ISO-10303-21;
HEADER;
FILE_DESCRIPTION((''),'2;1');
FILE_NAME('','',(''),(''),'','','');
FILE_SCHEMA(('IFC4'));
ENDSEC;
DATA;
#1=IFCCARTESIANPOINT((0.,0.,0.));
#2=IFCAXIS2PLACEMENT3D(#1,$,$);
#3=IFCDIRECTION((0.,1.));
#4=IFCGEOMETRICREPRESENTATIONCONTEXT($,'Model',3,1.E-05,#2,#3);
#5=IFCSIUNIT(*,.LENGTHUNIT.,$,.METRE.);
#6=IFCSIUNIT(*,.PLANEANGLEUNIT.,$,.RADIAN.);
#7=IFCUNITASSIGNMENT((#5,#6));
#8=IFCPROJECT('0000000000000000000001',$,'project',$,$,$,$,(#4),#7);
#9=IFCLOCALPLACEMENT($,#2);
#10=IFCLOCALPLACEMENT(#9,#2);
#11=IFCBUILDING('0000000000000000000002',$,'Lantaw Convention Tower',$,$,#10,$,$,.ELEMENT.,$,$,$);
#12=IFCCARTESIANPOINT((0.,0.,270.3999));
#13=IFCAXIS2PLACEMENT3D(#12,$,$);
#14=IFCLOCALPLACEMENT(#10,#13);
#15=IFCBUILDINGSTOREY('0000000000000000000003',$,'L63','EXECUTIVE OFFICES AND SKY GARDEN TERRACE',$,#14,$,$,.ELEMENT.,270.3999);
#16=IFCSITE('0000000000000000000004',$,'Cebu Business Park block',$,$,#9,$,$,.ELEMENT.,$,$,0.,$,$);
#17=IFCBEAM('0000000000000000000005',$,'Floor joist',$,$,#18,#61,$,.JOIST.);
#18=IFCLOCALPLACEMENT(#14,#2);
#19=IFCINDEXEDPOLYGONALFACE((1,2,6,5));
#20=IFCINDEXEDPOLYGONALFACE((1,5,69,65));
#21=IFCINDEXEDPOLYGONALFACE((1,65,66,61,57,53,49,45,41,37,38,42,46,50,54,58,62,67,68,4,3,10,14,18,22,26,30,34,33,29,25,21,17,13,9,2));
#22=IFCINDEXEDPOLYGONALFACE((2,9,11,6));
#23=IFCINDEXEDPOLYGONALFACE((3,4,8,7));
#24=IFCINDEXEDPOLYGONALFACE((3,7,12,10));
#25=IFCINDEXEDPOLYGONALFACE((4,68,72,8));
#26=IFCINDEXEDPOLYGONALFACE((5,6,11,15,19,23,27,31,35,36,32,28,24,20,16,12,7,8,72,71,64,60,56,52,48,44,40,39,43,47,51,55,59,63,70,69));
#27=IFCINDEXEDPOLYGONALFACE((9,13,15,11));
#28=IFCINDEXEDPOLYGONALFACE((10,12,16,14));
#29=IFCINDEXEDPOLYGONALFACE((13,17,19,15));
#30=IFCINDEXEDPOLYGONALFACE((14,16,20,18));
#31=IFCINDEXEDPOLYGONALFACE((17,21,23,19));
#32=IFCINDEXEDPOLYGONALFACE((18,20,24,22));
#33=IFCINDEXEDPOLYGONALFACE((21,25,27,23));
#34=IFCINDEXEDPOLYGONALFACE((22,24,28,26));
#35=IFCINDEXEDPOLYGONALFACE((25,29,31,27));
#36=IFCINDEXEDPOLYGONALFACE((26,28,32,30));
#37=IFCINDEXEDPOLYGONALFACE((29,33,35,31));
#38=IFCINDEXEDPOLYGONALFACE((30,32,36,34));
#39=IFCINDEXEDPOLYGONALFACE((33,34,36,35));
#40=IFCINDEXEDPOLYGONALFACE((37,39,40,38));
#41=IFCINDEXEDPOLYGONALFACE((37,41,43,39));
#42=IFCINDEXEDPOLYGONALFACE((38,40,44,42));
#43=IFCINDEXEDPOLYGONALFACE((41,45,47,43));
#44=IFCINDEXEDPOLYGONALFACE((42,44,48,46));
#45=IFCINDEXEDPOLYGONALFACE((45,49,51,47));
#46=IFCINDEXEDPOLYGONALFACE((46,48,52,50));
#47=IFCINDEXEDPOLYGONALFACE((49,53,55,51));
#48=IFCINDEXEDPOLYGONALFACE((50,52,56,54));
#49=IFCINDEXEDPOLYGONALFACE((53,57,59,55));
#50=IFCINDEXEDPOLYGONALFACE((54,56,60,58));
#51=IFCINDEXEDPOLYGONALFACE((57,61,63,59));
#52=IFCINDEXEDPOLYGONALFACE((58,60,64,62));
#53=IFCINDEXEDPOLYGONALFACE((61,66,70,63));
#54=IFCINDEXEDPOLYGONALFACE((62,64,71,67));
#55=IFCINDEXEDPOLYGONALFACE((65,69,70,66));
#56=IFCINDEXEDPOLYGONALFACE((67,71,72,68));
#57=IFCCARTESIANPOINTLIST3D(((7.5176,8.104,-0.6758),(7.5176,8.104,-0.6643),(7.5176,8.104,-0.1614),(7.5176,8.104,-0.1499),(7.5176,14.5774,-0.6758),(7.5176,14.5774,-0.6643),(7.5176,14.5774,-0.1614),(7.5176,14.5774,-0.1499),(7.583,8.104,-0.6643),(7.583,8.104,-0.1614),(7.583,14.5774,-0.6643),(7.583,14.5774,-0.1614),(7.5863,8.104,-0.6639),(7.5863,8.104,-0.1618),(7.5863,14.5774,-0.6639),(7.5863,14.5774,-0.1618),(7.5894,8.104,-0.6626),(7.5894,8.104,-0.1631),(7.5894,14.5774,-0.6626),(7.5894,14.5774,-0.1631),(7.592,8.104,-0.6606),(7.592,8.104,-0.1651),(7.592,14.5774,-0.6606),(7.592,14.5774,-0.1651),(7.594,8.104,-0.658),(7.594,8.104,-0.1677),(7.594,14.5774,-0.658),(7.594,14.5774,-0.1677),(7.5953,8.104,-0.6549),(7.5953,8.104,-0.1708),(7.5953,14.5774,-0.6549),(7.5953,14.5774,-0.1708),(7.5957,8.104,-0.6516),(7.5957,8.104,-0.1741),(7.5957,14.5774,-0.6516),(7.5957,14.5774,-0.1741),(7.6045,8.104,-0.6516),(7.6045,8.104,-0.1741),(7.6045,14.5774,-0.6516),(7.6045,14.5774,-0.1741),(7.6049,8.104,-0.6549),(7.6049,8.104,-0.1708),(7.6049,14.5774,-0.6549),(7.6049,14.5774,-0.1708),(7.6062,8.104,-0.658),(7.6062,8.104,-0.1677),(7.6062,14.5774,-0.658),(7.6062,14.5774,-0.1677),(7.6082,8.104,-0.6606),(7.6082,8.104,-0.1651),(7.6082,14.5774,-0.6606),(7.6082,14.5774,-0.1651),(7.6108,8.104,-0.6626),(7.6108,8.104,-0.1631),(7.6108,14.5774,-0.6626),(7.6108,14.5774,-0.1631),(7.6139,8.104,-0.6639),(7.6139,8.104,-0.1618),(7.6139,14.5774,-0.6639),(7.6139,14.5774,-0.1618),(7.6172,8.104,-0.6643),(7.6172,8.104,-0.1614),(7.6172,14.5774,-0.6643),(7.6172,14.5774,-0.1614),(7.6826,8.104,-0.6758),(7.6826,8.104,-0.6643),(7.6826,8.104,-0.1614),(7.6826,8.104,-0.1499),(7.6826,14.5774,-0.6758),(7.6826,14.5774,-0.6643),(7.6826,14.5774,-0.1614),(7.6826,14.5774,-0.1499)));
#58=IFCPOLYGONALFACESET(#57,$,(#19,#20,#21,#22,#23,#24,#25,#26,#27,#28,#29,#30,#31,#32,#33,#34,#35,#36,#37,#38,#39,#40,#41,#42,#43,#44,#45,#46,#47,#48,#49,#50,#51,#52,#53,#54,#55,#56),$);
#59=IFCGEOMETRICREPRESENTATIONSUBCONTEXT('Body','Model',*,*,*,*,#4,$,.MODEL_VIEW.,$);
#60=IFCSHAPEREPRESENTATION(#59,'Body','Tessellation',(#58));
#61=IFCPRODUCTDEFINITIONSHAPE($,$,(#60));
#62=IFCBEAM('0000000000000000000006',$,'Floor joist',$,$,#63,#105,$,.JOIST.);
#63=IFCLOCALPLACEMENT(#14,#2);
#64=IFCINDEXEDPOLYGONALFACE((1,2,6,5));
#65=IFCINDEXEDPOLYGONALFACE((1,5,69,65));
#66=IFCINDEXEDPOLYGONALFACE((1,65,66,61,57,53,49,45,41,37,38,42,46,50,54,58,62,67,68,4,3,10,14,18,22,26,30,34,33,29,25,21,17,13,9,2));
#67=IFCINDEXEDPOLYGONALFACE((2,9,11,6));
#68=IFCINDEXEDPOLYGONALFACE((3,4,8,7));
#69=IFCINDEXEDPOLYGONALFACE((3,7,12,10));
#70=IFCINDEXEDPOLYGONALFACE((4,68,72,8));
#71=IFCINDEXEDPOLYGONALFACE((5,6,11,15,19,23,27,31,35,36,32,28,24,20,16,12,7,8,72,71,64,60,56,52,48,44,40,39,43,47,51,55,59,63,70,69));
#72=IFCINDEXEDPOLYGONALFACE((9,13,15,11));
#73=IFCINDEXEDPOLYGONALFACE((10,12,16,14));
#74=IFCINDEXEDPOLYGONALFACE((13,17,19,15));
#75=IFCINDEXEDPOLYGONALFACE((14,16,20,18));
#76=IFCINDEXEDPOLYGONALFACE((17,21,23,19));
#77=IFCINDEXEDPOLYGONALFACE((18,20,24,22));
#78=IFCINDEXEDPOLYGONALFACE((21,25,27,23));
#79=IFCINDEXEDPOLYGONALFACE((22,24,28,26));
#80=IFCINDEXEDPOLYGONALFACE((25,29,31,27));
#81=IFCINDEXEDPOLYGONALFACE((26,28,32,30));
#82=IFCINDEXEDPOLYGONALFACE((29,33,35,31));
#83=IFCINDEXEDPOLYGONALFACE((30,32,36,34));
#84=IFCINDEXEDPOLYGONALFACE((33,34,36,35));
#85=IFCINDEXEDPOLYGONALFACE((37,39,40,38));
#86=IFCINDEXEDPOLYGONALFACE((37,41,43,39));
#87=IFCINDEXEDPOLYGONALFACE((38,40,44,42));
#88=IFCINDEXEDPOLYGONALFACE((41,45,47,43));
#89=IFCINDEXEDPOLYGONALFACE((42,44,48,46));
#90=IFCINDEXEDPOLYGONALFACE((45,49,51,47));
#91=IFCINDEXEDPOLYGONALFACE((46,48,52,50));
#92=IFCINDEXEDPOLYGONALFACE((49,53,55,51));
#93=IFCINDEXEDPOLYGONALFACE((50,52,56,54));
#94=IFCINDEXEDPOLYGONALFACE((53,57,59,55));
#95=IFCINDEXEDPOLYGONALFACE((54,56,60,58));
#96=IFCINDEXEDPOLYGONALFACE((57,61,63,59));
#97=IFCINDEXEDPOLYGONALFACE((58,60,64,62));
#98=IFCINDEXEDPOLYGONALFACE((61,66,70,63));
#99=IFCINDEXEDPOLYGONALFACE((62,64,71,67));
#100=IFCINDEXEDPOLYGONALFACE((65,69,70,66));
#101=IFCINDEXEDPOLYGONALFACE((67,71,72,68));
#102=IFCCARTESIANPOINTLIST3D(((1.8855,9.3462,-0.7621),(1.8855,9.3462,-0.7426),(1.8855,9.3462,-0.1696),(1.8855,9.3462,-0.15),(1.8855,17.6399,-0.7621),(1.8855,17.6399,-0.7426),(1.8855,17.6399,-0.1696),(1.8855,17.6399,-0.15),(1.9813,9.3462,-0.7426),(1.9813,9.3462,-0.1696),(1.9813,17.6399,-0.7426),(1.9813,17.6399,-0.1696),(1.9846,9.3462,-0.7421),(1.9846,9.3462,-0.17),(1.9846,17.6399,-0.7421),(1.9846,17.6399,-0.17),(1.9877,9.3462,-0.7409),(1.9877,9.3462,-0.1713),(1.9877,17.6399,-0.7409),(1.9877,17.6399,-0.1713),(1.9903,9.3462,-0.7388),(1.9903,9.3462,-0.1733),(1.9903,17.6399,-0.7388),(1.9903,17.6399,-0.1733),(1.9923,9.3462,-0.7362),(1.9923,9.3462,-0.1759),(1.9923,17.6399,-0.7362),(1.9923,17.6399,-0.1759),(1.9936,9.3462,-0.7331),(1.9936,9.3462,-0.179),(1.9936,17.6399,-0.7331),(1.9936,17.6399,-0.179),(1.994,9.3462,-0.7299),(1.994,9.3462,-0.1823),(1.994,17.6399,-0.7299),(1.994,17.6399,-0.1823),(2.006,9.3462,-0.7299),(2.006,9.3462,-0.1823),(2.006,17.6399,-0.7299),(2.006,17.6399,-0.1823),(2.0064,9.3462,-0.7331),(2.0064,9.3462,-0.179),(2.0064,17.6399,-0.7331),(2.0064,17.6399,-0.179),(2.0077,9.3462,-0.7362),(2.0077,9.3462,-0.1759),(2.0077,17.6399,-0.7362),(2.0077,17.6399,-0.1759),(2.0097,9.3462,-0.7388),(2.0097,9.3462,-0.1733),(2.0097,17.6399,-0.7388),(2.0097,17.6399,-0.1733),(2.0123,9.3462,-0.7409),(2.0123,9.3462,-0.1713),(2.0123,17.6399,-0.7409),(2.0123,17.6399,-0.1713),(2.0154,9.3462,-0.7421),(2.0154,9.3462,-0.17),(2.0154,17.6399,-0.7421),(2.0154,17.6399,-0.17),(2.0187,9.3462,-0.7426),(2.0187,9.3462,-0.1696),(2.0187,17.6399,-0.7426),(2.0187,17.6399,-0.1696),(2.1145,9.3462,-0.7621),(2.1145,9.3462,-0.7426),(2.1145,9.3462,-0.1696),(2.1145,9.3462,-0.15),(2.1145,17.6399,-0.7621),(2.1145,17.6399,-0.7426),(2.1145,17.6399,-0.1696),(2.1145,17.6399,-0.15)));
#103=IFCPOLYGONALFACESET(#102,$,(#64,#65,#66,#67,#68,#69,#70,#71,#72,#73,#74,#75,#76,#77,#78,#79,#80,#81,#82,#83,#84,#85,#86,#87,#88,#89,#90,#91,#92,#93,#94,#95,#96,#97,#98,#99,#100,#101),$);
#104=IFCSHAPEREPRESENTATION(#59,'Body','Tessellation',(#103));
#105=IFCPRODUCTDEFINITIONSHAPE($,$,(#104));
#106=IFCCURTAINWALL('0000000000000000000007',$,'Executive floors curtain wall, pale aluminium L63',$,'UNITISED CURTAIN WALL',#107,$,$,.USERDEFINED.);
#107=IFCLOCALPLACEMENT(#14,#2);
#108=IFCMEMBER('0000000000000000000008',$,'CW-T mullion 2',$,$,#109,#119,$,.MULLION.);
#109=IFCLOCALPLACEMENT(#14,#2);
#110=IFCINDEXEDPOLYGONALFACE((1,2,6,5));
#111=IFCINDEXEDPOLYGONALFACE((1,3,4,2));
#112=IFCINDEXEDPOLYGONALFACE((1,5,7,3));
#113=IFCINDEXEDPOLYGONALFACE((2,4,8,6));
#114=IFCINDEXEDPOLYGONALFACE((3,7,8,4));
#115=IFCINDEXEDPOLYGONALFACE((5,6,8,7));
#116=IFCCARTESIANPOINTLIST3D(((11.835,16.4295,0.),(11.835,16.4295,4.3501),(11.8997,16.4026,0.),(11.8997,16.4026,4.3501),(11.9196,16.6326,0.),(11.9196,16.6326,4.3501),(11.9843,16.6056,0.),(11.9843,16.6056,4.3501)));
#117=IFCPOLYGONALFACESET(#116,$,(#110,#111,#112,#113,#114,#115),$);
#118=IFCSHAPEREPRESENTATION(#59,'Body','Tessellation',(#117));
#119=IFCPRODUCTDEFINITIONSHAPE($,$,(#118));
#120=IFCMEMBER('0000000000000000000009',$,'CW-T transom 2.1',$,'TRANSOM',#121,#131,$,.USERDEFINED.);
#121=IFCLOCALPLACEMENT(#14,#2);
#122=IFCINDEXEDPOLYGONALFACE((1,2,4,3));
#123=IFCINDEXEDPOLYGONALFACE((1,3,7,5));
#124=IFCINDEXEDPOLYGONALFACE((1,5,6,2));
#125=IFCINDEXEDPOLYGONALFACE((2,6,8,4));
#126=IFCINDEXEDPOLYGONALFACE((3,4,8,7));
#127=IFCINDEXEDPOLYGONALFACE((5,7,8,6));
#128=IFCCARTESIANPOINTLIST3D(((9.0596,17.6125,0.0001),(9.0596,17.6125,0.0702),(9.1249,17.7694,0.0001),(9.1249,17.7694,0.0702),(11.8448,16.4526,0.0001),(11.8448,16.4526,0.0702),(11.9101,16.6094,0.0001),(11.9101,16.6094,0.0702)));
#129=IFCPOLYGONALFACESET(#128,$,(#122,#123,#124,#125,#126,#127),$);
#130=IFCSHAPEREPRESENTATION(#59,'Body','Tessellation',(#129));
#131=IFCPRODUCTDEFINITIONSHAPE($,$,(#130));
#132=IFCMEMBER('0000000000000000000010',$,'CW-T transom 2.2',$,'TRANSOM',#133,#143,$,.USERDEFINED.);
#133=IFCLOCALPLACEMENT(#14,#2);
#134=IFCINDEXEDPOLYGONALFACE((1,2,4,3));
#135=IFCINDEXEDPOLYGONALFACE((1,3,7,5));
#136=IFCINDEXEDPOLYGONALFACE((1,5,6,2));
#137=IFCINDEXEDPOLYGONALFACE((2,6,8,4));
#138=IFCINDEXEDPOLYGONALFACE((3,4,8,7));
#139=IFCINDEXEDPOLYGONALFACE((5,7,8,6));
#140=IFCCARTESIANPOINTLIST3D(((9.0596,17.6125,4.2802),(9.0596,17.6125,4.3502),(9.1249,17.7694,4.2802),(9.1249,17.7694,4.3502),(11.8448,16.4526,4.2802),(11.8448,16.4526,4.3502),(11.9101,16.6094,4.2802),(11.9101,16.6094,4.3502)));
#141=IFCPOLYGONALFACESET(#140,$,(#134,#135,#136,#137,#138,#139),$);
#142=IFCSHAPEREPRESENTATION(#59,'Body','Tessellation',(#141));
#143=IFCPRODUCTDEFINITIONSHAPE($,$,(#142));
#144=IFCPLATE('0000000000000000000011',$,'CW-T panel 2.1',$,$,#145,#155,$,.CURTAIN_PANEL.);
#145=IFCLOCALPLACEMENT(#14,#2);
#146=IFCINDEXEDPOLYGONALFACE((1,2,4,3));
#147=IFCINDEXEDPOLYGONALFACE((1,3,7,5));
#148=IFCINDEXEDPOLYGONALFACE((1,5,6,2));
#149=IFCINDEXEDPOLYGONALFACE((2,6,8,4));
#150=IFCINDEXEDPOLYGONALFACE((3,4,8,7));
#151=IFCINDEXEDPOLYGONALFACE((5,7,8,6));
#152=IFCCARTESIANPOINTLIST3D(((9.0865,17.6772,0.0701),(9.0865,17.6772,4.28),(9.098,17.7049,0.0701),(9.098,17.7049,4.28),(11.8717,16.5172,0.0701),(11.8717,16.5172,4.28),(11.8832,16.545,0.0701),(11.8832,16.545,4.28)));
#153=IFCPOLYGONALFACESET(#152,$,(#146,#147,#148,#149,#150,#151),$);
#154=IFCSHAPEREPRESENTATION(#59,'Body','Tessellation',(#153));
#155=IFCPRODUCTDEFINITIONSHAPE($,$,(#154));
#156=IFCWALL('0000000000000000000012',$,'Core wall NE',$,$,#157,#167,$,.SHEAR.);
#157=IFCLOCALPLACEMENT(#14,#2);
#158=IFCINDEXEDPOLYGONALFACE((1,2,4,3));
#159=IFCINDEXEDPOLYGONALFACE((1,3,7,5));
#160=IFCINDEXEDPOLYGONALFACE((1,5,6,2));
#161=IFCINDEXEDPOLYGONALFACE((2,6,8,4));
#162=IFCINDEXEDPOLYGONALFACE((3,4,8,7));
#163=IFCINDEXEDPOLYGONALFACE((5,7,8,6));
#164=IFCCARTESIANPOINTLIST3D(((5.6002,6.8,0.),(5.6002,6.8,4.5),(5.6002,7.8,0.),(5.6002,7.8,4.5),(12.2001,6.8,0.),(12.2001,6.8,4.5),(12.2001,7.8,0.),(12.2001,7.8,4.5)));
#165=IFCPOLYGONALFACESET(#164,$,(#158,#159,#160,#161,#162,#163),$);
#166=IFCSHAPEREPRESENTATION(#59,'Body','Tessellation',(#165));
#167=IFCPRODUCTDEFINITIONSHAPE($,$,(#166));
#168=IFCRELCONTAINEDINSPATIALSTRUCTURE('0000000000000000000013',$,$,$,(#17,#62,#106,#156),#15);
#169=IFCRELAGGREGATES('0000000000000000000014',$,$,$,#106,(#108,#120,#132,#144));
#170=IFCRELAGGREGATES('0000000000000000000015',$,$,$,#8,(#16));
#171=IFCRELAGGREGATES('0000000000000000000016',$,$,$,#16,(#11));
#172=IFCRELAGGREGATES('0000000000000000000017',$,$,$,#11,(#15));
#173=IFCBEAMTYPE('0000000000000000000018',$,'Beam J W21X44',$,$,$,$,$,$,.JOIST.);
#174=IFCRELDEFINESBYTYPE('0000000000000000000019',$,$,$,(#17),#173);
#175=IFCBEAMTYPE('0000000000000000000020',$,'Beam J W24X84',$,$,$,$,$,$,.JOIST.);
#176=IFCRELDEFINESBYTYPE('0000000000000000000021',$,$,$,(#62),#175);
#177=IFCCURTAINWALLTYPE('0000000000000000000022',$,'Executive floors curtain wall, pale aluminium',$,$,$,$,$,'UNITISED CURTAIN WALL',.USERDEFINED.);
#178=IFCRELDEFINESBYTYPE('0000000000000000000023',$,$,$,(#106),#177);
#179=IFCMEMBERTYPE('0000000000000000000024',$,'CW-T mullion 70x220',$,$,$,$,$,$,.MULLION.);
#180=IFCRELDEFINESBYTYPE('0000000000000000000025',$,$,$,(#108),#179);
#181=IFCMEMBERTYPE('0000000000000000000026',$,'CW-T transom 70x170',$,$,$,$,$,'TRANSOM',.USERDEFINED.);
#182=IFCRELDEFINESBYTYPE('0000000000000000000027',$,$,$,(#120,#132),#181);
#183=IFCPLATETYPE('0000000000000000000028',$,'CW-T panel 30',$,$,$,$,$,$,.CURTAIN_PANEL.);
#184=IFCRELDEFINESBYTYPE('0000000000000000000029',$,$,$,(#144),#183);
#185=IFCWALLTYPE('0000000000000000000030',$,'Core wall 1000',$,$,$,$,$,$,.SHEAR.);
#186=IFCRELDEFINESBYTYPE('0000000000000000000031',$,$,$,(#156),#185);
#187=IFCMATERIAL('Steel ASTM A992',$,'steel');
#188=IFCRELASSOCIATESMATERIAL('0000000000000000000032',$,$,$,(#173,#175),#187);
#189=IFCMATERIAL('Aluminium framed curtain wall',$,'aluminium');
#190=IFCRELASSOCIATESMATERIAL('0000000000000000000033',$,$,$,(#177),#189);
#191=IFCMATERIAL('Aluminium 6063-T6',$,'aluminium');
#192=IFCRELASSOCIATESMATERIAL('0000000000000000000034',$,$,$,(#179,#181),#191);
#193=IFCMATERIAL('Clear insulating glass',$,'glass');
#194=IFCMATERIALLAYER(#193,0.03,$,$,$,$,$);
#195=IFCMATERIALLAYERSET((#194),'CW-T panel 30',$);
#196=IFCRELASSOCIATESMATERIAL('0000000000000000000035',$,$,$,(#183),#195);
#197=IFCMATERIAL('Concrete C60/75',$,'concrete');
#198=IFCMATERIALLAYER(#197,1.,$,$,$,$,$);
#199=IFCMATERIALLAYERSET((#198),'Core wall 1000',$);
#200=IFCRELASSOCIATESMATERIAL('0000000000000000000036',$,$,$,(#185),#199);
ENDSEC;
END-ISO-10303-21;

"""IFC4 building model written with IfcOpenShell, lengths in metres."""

from ifc_helpers import new_model, si_unit, direction, frame, frame_2d, origin, origin_2d, place, context, subcontext, project, spatial, rectangle, i_section, extrude, material, layer, layer_set, material_profile, profile_set, type_object, element, aggregate, save


model = new_model("IFC4")

# Units and contexts
model_context = context("Model", 3, precision=1e-05, world=origin(), true_north=direction((0.0, 1.0)))
body_context = subcontext(model_context, "Body", "Model", "MODEL_VIEW")
ifc_project = project(units=[si_unit("LENGTHUNIT", "METRE"), si_unit("PLANEANGLEUNIT", "RADIAN")], contexts=[model_context])

# Site, building, storey
site_placement = place(None, origin())
site = spatial("IfcSite", under=ifc_project, at=site_placement, Name="Cebu Business Park block", CompositionType="ELEMENT", RefElevation=0.0)
building_placement = place(site_placement, origin())
building = spatial("IfcBuilding", under=site, at=building_placement, Name="Lantaw Convention Tower", CompositionType="ELEMENT")
storey_placement = place(building_placement, frame((0.0, 0.0, 270.3999)))
storey = spatial("IfcBuildingStorey", under=building, at=storey_placement, Name="L63", Description="EXECUTIVE OFFICES AND SKY GARDEN TERRACE", CompositionType="ELEMENT", Elevation=270.3999)

# Shared definitions
ifc_material_1 = material(Name="Concrete C60/75", Category="concrete")

# Beams
ifc_material_2 = material(Name="Steel ASTM A992", Category="steel")
ifc_material_profile_1 = material_profile(ifc_material_2, i_section(OverallWidth=0.165, OverallDepth=0.5259, WebThickness=0.0088, FlangeThickness=0.0115, FilletRadius=0.0127, at=origin_2d()), Name="W21X44")
ifc_profile_set_1 = profile_set([ifc_material_profile_1], Name="Steel ASTM A992")
beam_type_1 = type_object("IfcBeamType", Name="Beam J W21X44", PredefinedType="JOIST", material=ifc_profile_set_1)
beam_1_placement = place(storey_placement, frame((7.6001, 8.104, -0.4128), z_axis=(0.0, 1.0, 0.0), x_axis=(-1.0, 0.0, 0.0)))
element("IfcBeam", 1, at=beam_1_placement, inside=storey, type_object=beam_type_1, Name="Floor joist", PredefinedType="JOIST", context=body_context, shape_type="SweptSolid", body=[
    extrude(i_section(OverallWidth=0.165, OverallDepth=0.5259, WebThickness=0.0088, FlangeThickness=0.0115, FilletRadius=0.0127, at=origin_2d()), origin(), (0.0, 0.0, 1.0), 6.4734),
])
ifc_material_profile_2 = material_profile(ifc_material_2, i_section(OverallWidth=0.229, OverallDepth=0.6121, WebThickness=0.012, FlangeThickness=0.0195, FilletRadius=0.0127, at=origin_2d()), Name="W24X84")
ifc_profile_set_2 = profile_set([ifc_material_profile_2], Name="Steel ASTM A992")
beam_type_2 = type_object("IfcBeamType", Name="Beam J W24X84", PredefinedType="JOIST", material=ifc_profile_set_2)
beam_2_placement = place(storey_placement, frame((2.0, 9.3462, -0.4561), z_axis=(0.0, 1.0, 0.0), x_axis=(-1.0, 0.0, 0.0)))
element("IfcBeam", 2, at=beam_2_placement, inside=storey, type_object=beam_type_2, Name="Floor joist", PredefinedType="JOIST", context=body_context, shape_type="SweptSolid", body=[
    extrude(i_section(OverallWidth=0.229, OverallDepth=0.6121, WebThickness=0.012, FlangeThickness=0.0195, FilletRadius=0.0127, at=origin_2d()), origin(), (0.0, 0.0, 1.0), 8.2937),
])

# Curtain wall, members, plate
ifc_material_3 = material(Name="Aluminium framed curtain wall", Category="aluminium")
curtain_wall_type = type_object("IfcCurtainWallType", Name="Executive floors curtain wall, pale aluminium", ElementType="UNITISED CURTAIN WALL", PredefinedType="USERDEFINED", material=ifc_material_3)
curtain_wall_placement = place(storey_placement, origin())
curtain_wall = element("IfcCurtainWall", 3, at=curtain_wall_placement, inside=storey, type_object=curtain_wall_type, Name="Executive floors curtain wall, pale aluminium L63", ObjectType="UNITISED CURTAIN WALL", PredefinedType="USERDEFINED")
ifc_material_4 = material(Name="Aluminium 6063-T6", Category="aluminium")
ifc_material_profile_3 = material_profile(ifc_material_4, rectangle(XDim=0.22, YDim=0.0701, at=origin_2d()), Name="CW-T mullion 70x220")
ifc_profile_set_3 = profile_set([ifc_material_profile_3], Name="Aluminium 6063-T6")
member_type_1 = type_object("IfcMemberType", Name="CW-T mullion 70x220", PredefinedType="MULLION", material=ifc_profile_set_3)
member_1_placement = place(storey_placement, frame((11.9097, 16.5176, 0.0), z_axis=(0.0, 0.0, 1.0), x_axis=(-0.38446, -0.923142, 0.0)))
member_1 = element("IfcMember", 4, at=member_1_placement, type_object=member_type_1, Name="CW-T mullion 2", PredefinedType="MULLION", context=body_context, shape_type="SweptSolid", body=[
    extrude(rectangle(XDim=0.22, YDim=0.0701, at=origin_2d()), origin(), (0.0, 0.0, 1.0), 4.3501),
])
ifc_material_profile_4 = material_profile(ifc_material_4, rectangle(XDim=0.1699, YDim=0.0701, at=origin_2d()), Name="CW-T transom 70x170")
ifc_profile_set_4 = profile_set([ifc_material_profile_4], Name="Aluminium 6063-T6")
member_type_2 = type_object("IfcMemberType", Name="CW-T transom 70x170", ElementType="TRANSOM", PredefinedType="USERDEFINED", material=ifc_profile_set_4)
member_2_placement = place(storey_placement, frame((11.8774, 16.531, 0.0352), z_axis=(-0.923144, 0.384454, 0.0), x_axis=(-0.384454, -0.923144, 0.0)))
member_2 = element("IfcMember", 5, at=member_2_placement, type_object=member_type_2, Name="CW-T transom 2.1", ObjectType="TRANSOM", PredefinedType="USERDEFINED", context=body_context, shape_type="SweptSolid", body=[
    extrude(rectangle(XDim=0.1699, YDim=0.0701, at=origin_2d()), origin(), (0.0, 0.0, 1.0), 3.0171),
])
member_3_placement = place(storey_placement, frame((11.8774, 16.531, 4.3152), z_axis=(-0.923144, 0.384454, 0.0), x_axis=(-0.384454, -0.923144, 0.0)))
member_3 = element("IfcMember", 6, at=member_3_placement, type_object=member_type_2, Name="CW-T transom 2.2", ObjectType="TRANSOM", PredefinedType="USERDEFINED", context=body_context, shape_type="SweptSolid", body=[
    extrude(rectangle(XDim=0.1699, YDim=0.0701, at=origin_2d()), origin(), (0.0, 0.0, 1.0), 3.0171),
])
ifc_material_5 = material(Name="Clear insulating glass", Category="glass")
ifc_layer_1 = layer(ifc_material_5, 0.03)
ifc_layer_set_1 = layer_set([ifc_layer_1], Name="CW-T panel 30")
plate_type = type_object("IfcPlateType", Name="CW-T panel 30", PredefinedType="CURTAIN_PANEL", material=ifc_layer_set_1)
plate_placement = place(storey_placement, frame((10.4849, 17.1111, 0.0701), z_axis=(0.0, 0.0, 1.0), x_axis=(-0.923142, 0.38446, 0.0)))
plate = element("IfcPlate", 7, at=plate_placement, type_object=plate_type, Name="CW-T panel 2.1", PredefinedType="CURTAIN_PANEL", context=body_context, shape_type="SweptSolid", body=[
    extrude(rectangle(XDim=3.0171, YDim=0.03, at=origin_2d()), origin(), (0.0, 0.0, 1.0), 4.21),
])
aggregate(curtain_wall, [member_1, member_2, member_3, plate])

# Wall
ifc_layer_2 = layer(ifc_material_1, 1.0)
ifc_layer_set_2 = layer_set([ifc_layer_2], Name="Core wall 1000")
wall_type_1 = type_object("IfcWallType", Name="Core wall 1000", PredefinedType="SHEAR", material=ifc_layer_set_2)
wall_1_placement = place(storey_placement, frame((12.2, 7.3, 0.0), z_axis=(0.0, 0.0, 1.0), x_axis=(-1.0, 0.0, 0.0)))
element("IfcWall", 8, at=wall_1_placement, inside=storey, type_object=wall_type_1, Name="Core wall NE", PredefinedType="SHEAR", context=body_context, shape_type="SweptSolid", body=[
    extrude(rectangle(XDim=6.5999, YDim=1.0, at=frame_2d((3.2998, 0.0))), origin(), (0.0, 0.0, 1.0), 4.5),
])

save(model, "model.ifc")
